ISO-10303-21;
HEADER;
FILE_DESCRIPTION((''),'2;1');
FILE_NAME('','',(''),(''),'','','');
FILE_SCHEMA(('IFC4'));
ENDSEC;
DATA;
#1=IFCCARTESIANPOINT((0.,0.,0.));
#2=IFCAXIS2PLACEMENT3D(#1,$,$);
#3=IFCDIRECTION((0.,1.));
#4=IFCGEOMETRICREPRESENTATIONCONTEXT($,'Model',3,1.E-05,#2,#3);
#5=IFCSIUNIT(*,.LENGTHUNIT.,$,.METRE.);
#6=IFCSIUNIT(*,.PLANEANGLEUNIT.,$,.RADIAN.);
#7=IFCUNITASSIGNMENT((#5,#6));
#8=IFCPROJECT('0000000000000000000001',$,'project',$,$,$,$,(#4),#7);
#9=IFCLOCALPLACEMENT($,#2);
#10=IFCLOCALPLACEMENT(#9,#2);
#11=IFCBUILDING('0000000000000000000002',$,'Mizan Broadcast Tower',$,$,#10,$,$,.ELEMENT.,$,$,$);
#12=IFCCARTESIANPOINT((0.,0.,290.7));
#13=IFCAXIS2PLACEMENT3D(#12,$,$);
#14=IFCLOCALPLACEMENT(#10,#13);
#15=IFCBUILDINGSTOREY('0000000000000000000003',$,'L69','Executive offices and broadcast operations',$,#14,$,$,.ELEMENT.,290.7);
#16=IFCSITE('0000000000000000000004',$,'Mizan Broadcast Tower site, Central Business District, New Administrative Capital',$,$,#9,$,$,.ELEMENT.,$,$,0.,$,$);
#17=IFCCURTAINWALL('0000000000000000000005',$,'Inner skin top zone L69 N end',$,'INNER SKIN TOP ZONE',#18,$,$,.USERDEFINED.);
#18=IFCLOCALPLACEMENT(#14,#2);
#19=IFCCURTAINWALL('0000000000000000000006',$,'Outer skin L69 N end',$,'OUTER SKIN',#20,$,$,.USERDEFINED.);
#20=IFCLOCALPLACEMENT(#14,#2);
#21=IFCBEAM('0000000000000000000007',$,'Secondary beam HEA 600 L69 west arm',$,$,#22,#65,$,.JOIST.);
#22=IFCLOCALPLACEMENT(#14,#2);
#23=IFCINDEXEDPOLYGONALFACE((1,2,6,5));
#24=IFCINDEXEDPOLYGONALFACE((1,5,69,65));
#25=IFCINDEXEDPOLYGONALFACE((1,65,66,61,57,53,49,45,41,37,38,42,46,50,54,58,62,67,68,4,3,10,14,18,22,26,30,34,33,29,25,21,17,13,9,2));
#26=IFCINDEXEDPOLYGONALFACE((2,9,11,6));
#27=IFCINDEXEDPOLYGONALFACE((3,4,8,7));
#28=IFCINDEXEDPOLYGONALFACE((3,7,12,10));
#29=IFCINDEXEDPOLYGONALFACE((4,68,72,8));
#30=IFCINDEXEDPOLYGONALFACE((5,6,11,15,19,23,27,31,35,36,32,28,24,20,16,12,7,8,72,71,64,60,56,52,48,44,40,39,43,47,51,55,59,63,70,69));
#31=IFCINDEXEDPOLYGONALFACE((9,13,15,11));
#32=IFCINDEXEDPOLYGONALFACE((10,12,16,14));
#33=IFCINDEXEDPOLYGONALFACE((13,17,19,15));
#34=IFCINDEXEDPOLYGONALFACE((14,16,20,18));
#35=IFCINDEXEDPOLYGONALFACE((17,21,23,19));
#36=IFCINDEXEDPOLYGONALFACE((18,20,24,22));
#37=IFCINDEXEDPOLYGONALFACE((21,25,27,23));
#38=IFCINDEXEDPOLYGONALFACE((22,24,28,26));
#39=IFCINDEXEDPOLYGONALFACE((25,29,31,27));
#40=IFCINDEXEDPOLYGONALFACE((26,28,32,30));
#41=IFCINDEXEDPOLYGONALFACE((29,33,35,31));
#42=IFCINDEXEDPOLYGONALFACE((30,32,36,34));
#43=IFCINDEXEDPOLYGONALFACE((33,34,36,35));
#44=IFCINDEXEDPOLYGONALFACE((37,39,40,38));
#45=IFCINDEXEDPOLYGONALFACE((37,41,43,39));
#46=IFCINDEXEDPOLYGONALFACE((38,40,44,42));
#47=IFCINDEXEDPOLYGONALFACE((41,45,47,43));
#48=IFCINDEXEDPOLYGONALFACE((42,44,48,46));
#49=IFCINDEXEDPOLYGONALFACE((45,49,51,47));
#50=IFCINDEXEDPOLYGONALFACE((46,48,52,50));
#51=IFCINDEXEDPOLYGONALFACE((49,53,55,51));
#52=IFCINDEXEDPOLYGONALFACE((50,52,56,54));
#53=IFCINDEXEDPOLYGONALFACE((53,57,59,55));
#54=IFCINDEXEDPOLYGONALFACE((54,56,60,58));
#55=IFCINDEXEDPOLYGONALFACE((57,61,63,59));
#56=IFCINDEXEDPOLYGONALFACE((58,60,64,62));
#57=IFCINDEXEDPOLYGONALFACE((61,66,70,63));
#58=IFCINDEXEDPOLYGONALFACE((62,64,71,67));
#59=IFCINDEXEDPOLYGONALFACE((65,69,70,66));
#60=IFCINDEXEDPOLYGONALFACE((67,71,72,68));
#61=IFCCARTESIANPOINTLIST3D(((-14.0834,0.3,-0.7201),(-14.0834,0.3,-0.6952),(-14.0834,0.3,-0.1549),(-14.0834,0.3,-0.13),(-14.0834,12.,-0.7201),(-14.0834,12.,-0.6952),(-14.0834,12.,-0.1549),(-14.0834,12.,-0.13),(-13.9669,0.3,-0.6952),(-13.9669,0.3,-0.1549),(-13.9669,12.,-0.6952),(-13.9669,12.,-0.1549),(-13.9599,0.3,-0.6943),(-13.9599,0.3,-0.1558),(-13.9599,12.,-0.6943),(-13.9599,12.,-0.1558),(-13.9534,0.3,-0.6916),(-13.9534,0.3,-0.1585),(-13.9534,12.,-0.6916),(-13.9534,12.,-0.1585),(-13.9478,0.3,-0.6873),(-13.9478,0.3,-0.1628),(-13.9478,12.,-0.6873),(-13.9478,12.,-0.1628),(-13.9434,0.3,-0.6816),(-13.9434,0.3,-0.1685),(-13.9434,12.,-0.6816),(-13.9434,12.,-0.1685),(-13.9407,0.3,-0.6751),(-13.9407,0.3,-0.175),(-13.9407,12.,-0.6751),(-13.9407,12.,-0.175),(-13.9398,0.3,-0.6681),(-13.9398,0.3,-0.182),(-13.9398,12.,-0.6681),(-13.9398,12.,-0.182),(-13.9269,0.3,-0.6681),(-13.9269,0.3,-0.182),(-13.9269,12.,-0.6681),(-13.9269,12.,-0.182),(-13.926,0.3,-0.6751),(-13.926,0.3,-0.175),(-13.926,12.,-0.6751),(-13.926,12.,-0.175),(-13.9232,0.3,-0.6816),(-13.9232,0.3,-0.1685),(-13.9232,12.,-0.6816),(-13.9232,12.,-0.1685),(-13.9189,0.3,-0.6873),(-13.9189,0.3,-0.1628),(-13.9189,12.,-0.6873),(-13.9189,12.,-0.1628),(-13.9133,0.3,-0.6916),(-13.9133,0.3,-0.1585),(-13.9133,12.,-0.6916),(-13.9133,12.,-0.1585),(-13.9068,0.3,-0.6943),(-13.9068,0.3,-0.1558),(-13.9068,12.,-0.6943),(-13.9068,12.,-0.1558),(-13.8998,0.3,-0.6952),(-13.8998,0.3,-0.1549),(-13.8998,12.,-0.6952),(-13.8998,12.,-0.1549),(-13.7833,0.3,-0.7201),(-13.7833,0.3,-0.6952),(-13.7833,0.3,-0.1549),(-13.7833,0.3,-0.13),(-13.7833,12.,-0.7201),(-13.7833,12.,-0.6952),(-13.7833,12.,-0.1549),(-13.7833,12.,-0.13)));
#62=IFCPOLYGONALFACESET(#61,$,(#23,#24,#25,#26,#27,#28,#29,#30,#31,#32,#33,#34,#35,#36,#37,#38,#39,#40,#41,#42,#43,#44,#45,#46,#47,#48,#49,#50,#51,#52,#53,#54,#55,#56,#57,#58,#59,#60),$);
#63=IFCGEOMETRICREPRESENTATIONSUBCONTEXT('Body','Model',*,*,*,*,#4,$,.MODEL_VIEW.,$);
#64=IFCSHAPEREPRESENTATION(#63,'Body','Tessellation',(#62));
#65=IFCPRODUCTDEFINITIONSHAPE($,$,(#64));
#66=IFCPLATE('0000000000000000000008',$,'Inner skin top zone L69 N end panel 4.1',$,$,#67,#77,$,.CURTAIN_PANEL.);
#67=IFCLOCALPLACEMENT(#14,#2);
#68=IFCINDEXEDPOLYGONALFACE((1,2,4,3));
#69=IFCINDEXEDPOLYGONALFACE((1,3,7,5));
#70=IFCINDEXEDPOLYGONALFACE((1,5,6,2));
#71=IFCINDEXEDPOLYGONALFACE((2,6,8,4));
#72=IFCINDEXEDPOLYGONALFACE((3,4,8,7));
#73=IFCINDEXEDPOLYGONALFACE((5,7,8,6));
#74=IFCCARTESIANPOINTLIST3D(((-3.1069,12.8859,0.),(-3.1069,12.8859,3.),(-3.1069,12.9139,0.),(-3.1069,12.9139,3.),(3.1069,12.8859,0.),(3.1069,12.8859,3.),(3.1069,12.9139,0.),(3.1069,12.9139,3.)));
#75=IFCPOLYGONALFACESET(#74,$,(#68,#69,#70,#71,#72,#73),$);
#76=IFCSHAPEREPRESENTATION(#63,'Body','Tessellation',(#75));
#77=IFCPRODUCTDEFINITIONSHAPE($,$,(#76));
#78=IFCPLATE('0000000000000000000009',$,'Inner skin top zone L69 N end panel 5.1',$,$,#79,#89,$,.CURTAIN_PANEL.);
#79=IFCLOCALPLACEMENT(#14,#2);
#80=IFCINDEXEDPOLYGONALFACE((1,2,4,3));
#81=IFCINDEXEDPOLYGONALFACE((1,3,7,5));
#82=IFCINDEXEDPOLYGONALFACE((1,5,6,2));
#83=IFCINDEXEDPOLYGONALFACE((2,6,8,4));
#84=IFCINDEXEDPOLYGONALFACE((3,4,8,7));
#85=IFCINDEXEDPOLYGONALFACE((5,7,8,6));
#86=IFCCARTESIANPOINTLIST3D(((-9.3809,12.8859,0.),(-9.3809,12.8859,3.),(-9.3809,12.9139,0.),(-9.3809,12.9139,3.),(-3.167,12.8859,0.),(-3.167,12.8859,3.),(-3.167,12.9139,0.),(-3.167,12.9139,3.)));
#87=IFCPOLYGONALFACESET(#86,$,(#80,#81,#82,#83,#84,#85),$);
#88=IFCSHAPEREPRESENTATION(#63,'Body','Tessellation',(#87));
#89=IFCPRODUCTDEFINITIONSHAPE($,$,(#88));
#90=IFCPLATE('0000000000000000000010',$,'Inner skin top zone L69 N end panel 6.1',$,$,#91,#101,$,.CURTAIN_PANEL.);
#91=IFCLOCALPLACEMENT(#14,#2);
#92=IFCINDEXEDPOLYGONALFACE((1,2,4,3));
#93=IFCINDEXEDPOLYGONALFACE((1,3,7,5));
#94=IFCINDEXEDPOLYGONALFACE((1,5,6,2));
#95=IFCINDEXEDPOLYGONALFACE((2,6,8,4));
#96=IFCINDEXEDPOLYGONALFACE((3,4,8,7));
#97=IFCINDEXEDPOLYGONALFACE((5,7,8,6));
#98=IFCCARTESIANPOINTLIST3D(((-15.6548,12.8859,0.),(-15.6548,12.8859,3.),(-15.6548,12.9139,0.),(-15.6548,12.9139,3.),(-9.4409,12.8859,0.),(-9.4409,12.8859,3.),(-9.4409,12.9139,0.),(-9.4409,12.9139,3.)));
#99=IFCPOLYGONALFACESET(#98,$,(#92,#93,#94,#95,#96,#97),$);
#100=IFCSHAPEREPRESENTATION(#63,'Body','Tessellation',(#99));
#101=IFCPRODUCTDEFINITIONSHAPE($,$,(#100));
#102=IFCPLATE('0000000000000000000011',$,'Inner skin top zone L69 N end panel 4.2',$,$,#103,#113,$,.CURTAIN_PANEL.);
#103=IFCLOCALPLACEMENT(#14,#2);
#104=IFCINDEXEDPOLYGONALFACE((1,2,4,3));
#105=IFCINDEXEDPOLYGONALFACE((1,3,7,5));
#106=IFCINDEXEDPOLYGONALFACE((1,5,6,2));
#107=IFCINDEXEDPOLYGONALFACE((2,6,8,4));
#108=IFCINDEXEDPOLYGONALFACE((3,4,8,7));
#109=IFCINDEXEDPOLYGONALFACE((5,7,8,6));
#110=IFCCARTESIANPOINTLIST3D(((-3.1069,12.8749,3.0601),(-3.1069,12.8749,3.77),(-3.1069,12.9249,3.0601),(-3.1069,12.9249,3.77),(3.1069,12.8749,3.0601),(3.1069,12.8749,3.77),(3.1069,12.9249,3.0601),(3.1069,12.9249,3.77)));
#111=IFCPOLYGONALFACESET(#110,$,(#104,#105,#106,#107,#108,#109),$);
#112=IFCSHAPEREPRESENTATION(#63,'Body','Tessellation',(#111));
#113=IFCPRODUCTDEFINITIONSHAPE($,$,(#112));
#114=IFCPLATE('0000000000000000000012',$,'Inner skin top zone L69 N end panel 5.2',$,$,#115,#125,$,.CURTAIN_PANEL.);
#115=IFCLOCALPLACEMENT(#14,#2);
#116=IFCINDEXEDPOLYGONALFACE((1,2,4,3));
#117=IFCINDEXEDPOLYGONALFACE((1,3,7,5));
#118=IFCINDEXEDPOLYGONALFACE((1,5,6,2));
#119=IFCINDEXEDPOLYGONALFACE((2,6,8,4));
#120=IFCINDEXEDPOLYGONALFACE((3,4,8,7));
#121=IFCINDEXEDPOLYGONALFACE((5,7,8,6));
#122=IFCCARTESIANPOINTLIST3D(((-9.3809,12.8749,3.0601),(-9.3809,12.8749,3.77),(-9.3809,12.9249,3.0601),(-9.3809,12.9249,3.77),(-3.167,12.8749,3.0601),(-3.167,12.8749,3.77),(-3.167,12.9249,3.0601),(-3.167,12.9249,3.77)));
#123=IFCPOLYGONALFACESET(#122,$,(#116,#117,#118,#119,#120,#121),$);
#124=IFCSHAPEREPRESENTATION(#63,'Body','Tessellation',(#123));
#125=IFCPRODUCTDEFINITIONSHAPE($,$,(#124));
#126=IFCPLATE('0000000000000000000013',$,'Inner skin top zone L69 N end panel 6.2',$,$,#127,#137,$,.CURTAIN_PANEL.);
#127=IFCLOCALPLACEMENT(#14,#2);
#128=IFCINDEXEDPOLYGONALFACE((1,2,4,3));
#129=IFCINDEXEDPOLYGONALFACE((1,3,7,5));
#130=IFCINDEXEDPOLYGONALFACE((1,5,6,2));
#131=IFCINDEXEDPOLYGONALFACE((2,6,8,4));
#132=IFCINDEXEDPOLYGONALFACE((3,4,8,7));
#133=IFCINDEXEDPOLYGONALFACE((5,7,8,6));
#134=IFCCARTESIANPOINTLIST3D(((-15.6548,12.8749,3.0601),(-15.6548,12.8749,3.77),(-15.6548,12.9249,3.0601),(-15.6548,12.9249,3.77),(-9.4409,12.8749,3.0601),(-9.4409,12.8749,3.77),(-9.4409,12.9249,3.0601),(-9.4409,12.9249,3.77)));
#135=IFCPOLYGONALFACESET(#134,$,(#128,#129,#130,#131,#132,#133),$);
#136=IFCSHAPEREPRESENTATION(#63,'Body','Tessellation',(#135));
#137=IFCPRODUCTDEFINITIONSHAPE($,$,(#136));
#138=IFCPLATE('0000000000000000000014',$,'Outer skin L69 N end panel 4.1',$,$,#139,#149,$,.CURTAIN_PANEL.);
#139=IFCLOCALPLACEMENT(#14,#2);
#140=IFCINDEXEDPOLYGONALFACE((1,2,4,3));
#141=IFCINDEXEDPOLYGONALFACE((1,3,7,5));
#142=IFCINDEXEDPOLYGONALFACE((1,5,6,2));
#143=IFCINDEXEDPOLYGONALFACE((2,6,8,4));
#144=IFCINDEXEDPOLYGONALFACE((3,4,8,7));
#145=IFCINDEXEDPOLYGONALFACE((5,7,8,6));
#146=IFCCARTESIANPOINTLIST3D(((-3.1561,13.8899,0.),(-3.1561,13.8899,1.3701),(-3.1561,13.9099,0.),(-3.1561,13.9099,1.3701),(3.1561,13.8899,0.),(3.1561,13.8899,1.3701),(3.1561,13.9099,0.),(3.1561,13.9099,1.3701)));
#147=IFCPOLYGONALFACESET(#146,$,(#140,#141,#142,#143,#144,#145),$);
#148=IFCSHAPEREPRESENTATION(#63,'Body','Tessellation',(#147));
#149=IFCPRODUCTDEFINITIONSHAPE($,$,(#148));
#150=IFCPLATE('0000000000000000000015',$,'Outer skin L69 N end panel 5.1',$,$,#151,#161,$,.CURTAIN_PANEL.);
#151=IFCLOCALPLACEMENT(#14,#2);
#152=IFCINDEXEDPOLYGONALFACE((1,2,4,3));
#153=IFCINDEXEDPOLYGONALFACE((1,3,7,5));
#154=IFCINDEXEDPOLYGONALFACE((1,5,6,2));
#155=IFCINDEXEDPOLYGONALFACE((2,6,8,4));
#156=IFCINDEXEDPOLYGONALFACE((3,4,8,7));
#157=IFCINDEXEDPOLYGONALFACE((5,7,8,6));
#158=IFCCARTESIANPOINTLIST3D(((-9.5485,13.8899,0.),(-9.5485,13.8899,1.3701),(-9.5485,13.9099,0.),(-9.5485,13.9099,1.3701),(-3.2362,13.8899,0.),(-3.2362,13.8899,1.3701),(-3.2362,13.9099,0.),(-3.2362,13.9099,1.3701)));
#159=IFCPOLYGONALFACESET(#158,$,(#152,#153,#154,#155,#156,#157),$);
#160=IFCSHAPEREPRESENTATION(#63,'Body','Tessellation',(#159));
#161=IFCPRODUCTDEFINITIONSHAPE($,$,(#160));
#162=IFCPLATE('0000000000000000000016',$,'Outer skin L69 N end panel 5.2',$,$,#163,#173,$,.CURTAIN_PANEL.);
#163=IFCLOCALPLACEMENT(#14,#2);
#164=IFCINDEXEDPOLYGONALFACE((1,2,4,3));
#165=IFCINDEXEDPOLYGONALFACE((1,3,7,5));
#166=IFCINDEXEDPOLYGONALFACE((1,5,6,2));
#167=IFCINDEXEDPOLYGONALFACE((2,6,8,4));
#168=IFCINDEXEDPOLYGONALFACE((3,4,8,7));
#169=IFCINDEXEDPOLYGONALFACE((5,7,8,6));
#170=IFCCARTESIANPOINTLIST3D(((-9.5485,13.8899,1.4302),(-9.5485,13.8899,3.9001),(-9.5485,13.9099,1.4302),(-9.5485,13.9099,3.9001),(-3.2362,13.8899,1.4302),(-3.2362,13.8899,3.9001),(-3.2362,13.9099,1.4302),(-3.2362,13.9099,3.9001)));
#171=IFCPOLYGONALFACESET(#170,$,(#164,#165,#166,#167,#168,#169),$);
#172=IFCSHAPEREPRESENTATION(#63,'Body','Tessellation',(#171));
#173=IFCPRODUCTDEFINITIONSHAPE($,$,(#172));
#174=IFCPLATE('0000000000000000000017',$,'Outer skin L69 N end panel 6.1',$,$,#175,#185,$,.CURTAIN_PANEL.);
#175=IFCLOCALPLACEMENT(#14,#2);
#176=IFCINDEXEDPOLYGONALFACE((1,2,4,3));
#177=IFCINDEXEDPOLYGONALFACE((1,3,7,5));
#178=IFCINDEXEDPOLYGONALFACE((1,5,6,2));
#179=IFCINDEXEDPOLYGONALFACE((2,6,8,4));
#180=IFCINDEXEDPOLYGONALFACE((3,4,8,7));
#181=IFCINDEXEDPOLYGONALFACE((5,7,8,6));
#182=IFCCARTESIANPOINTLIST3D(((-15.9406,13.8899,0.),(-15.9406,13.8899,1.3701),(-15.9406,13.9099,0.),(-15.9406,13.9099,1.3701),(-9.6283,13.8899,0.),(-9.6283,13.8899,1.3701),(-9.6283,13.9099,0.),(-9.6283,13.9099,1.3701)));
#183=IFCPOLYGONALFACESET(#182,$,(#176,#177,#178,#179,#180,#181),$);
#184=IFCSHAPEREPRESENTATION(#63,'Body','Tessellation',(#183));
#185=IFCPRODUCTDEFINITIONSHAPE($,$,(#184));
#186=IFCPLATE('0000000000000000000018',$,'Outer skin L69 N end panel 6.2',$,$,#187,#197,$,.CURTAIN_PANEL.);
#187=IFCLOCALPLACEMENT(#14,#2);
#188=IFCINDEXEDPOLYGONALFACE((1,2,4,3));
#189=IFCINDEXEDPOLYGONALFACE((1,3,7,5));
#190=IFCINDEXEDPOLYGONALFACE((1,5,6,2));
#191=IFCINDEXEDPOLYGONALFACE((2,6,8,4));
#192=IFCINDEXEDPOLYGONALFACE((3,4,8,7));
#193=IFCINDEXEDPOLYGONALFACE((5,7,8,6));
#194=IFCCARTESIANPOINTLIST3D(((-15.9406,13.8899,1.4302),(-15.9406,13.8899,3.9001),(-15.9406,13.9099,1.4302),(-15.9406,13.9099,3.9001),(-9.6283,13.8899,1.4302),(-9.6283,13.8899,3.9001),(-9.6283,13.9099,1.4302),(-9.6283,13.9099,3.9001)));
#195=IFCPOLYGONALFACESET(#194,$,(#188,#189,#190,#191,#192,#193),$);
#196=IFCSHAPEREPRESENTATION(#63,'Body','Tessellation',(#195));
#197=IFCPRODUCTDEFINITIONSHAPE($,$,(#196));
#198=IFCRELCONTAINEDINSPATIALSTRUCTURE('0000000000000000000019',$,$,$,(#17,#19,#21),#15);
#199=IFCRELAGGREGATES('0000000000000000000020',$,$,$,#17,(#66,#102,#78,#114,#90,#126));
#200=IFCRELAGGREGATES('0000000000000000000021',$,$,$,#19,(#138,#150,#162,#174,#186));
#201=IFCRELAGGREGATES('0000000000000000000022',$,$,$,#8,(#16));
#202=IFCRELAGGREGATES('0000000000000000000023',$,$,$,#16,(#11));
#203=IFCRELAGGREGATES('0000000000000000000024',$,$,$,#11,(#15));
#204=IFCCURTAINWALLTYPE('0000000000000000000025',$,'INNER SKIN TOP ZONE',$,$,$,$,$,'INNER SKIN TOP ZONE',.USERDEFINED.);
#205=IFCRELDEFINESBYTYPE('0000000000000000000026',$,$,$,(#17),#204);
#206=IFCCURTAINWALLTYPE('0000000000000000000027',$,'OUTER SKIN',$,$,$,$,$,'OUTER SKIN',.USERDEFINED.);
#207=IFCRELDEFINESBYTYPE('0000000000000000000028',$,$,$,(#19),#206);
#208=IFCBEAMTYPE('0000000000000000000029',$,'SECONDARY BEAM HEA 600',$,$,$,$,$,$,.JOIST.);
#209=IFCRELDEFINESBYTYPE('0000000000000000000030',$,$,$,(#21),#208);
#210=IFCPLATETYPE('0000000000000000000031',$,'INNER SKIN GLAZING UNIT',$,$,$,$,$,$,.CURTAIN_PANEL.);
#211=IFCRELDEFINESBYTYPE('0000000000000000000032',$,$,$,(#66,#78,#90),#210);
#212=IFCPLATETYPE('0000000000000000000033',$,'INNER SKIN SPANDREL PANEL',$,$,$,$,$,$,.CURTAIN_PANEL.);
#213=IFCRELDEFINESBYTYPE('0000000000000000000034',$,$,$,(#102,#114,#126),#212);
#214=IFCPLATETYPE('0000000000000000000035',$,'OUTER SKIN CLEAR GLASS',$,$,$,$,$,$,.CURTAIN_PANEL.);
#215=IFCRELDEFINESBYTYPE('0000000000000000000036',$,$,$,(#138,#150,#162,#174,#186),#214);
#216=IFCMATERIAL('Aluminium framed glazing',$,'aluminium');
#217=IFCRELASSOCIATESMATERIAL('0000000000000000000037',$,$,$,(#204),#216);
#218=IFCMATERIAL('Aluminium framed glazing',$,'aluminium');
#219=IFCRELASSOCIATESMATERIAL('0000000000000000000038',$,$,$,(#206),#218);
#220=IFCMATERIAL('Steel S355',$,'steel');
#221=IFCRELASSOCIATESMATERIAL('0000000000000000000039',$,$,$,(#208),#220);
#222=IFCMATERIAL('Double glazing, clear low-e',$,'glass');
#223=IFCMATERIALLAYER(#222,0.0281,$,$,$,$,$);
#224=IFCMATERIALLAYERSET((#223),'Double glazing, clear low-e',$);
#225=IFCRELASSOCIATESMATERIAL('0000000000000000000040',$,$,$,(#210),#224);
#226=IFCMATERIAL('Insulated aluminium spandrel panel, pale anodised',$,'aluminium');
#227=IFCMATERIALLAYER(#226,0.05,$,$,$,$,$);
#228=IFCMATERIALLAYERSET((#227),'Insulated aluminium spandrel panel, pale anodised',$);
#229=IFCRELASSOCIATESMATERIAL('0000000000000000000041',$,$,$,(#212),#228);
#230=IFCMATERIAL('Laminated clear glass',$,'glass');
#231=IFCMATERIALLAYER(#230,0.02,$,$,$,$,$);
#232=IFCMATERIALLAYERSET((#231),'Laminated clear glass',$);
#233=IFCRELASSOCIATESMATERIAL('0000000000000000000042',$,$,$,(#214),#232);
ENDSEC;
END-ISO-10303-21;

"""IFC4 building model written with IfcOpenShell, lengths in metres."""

from ifc_helpers import new_model, si_unit, direction, frame, origin, origin_2d, place, context, subcontext, project, spatial, rectangle, i_section, extrude, material, layer, layer_set, material_profile, profile_set, type_object, element, aggregate, save


model = new_model("IFC4")

# Units and contexts
model_context = context("Model", 3, precision=1e-05, world=origin(), true_north=direction((0.0, 1.0)))
body_context = subcontext(model_context, "Body", "Model", "MODEL_VIEW")
ifc_project = project(units=[si_unit("LENGTHUNIT", "METRE"), si_unit("PLANEANGLEUNIT", "RADIAN")], contexts=[model_context])

# Site, building, storey
site_placement = place(None, origin())
site = spatial("IfcSite", under=ifc_project, at=site_placement, Name="Mizan Broadcast Tower site, Central Business District, New Administrative Capital", CompositionType="ELEMENT", RefElevation=0.0)
building_placement = place(site_placement, origin())
building = spatial("IfcBuilding", under=site, at=building_placement, Name="Mizan Broadcast Tower", CompositionType="ELEMENT")
storey_placement = place(building_placement, frame((0.0, 0.0, 290.7)))
storey = spatial("IfcBuildingStorey", under=building, at=storey_placement, Name="L69", Description="Executive offices and broadcast operations", CompositionType="ELEMENT", Elevation=290.7)

# Curtain walls
ifc_material_1 = material(Name="Aluminium framed glazing", Category="aluminium")
curtain_wall_type_1 = type_object("IfcCurtainWallType", Name="INNER SKIN TOP ZONE", ElementType="INNER SKIN TOP ZONE", PredefinedType="USERDEFINED", material=ifc_material_1)
curtain_wall_1_placement = place(storey_placement, origin())
curtain_wall_1 = element("IfcCurtainWall", 1, at=curtain_wall_1_placement, inside=storey, type_object=curtain_wall_type_1, Name="Inner skin top zone L69 N end", ObjectType="INNER SKIN TOP ZONE", PredefinedType="USERDEFINED")
ifc_material_2 = material(Name="Aluminium framed glazing", Category="aluminium")
curtain_wall_type_2 = type_object("IfcCurtainWallType", Name="OUTER SKIN", ElementType="OUTER SKIN", PredefinedType="USERDEFINED", material=ifc_material_2)
curtain_wall_2_placement = place(storey_placement, origin())
curtain_wall_2 = element("IfcCurtainWall", 2, at=curtain_wall_2_placement, inside=storey, type_object=curtain_wall_type_2, Name="Outer skin L69 N end", ObjectType="OUTER SKIN", PredefinedType="USERDEFINED")

# Beam
ifc_material_3 = material(Name="Steel S355", Category="steel")
ifc_material_profile_1 = material_profile(ifc_material_3, i_section(OverallWidth=0.3, OverallDepth=0.5901, WebThickness=0.0129, FlangeThickness=0.0249, FilletRadius=0.0271, at=origin_2d()), Name="HEA 600")
ifc_profile_set_1 = profile_set([ifc_material_profile_1], Name="Steel S355")
beam_type_1 = type_object("IfcBeamType", Name="SECONDARY BEAM HEA 600", PredefinedType="JOIST", material=ifc_profile_set_1)
beam_1_placement = place(storey_placement, frame((-13.9333, 12.0, -0.425), z_axis=(0.0, -1.0, 0.0), x_axis=(1.0, 0.0, 0.0)))
element("IfcBeam", 3, at=beam_1_placement, inside=storey, type_object=beam_type_1, Name="Secondary beam HEA 600 L69 west arm", PredefinedType="JOIST", context=body_context, shape_type="SweptSolid", body=[
    extrude(i_section(OverallWidth=0.3, OverallDepth=0.5901, WebThickness=0.0129, FlangeThickness=0.0249, FilletRadius=0.0271, at=origin_2d()), origin(), (0.0, 0.0, 1.0), 11.7),
])

# Plates
ifc_material_4 = material(Name="Double glazing, clear low-e", Category="glass")
ifc_layer_1 = layer(ifc_material_4, 0.0281)
ifc_layer_set_1 = layer_set([ifc_layer_1], Name="Double glazing, clear low-e")
plate_type_1 = type_object("IfcPlateType", Name="INNER SKIN GLAZING UNIT", PredefinedType="CURTAIN_PANEL", material=ifc_layer_set_1)
plate_1_placement = place(storey_placement, frame((0.0, 12.8999, 0.0), z_axis=(0.0, 0.0, 1.0), x_axis=(-1.0, 0.0, 0.0)))
plate_1 = element("IfcPlate", 4, at=plate_1_placement, type_object=plate_type_1, Name="Inner skin top zone L69 N end panel 4.1", PredefinedType="CURTAIN_PANEL", context=body_context, shape_type="SweptSolid", body=[
    extrude(rectangle(XDim=6.2139, YDim=0.0281, at=origin_2d()), origin(), (0.0, 0.0, 1.0), 3.0),
])
plate_2_placement = place(storey_placement, frame((-6.2739, 12.8999, 0.0), z_axis=(0.0, 0.0, 1.0), x_axis=(-1.0, 0.0, 0.0)))
plate_2 = element("IfcPlate", 5, at=plate_2_placement, type_object=plate_type_1, Name="Inner skin top zone L69 N end panel 5.1", PredefinedType="CURTAIN_PANEL", context=body_context, shape_type="SweptSolid", body=[
    extrude(rectangle(XDim=6.2139, YDim=0.0281, at=origin_2d()), origin(), (0.0, 0.0, 1.0), 3.0),
])
plate_3_placement = place(storey_placement, frame((-12.5479, 12.8999, 0.0), z_axis=(0.0, 0.0, 1.0), x_axis=(-1.0, 0.0, 0.0)))
plate_3 = element("IfcPlate", 6, at=plate_3_placement, type_object=plate_type_1, Name="Inner skin top zone L69 N end panel 6.1", PredefinedType="CURTAIN_PANEL", context=body_context, shape_type="SweptSolid", body=[
    extrude(rectangle(XDim=6.2139, YDim=0.0281, at=origin_2d()), origin(), (0.0, 0.0, 1.0), 3.0),
])
ifc_material_5 = material(Name="Insulated aluminium spandrel panel, pale anodised", Category="aluminium")
ifc_layer_2 = layer(ifc_material_5, 0.05)
ifc_layer_set_2 = layer_set([ifc_layer_2], Name="Insulated aluminium spandrel panel, pale anodised")
plate_type_2 = type_object("IfcPlateType", Name="INNER SKIN SPANDREL PANEL", PredefinedType="CURTAIN_PANEL", material=ifc_layer_set_2)
plate_4_placement = place(storey_placement, frame((0.0, 12.8999, 3.0601), z_axis=(0.0, 0.0, 1.0), x_axis=(-1.0, 0.0, 0.0)))
plate_4 = element("IfcPlate", 7, at=plate_4_placement, type_object=plate_type_2, Name="Inner skin top zone L69 N end panel 4.2", PredefinedType="CURTAIN_PANEL", context=body_context, shape_type="SweptSolid", body=[
    extrude(rectangle(XDim=6.2139, YDim=0.05, at=origin_2d()), origin(), (0.0, 0.0, 1.0), 0.71),
])
plate_5_placement = place(storey_placement, frame((-6.2739, 12.8999, 3.0601), z_axis=(0.0, 0.0, 1.0), x_axis=(-1.0, 0.0, 0.0)))
plate_5 = element("IfcPlate", 8, at=plate_5_placement, type_object=plate_type_2, Name="Inner skin top zone L69 N end panel 5.2", PredefinedType="CURTAIN_PANEL", context=body_context, shape_type="SweptSolid", body=[
    extrude(rectangle(XDim=6.2139, YDim=0.05, at=origin_2d()), origin(), (0.0, 0.0, 1.0), 0.71),
])
plate_6_placement = place(storey_placement, frame((-12.5479, 12.8999, 3.0601), z_axis=(0.0, 0.0, 1.0), x_axis=(-1.0, 0.0, 0.0)))
plate_6 = element("IfcPlate", 9, at=plate_6_placement, type_object=plate_type_2, Name="Inner skin top zone L69 N end panel 6.2", PredefinedType="CURTAIN_PANEL", context=body_context, shape_type="SweptSolid", body=[
    extrude(rectangle(XDim=6.2139, YDim=0.05, at=origin_2d()), origin(), (0.0, 0.0, 1.0), 0.71),
])
aggregate(curtain_wall_1, [plate_1, plate_4, plate_2, plate_5, plate_3, plate_6])
ifc_material_6 = material(Name="Laminated clear glass", Category="glass")
ifc_layer_3 = layer(ifc_material_6, 0.02)
ifc_layer_set_3 = layer_set([ifc_layer_3], Name="Laminated clear glass")
plate_type_3 = type_object("IfcPlateType", Name="OUTER SKIN CLEAR GLASS", PredefinedType="CURTAIN_PANEL", material=ifc_layer_set_3)
plate_7_placement = place(storey_placement, frame((0.0, 13.8999, 0.0), z_axis=(0.0, 0.0, 1.0), x_axis=(-1.0, 0.0, 0.0)))
plate_7 = element("IfcPlate", 10, at=plate_7_placement, type_object=plate_type_3, Name="Outer skin L69 N end panel 4.1", PredefinedType="CURTAIN_PANEL", context=body_context, shape_type="SweptSolid", body=[
    extrude(rectangle(XDim=6.3123, YDim=0.02, at=origin_2d()), origin(), (0.0, 0.0, 1.0), 1.3701),
])
plate_8_placement = place(storey_placement, frame((-6.3923, 13.8999, 0.0), z_axis=(0.0, 0.0, 1.0), x_axis=(-1.0, 0.0, 0.0)))
plate_8 = element("IfcPlate", 11, at=plate_8_placement, type_object=plate_type_3, Name="Outer skin L69 N end panel 5.1", PredefinedType="CURTAIN_PANEL", context=body_context, shape_type="SweptSolid", body=[
    extrude(rectangle(XDim=6.3123, YDim=0.02, at=origin_2d()), origin(), (0.0, 0.0, 1.0), 1.3701),
])
plate_9_placement = place(storey_placement, frame((-6.3923, 13.8999, 1.4302), z_axis=(0.0, 0.0, 1.0), x_axis=(-1.0, 0.0, 0.0)))
plate_9 = element("IfcPlate", 12, at=plate_9_placement, type_object=plate_type_3, Name="Outer skin L69 N end panel 5.2", PredefinedType="CURTAIN_PANEL", context=body_context, shape_type="SweptSolid", body=[
    extrude(rectangle(XDim=6.3123, YDim=0.02, at=origin_2d()), origin(), (0.0, 0.0, 1.0), 2.47),
])
plate_10_placement = place(storey_placement, frame((-12.7844, 13.8999, 0.0), z_axis=(0.0, 0.0, 1.0), x_axis=(-1.0, 0.0, 0.0)))
plate_10 = element("IfcPlate", 13, at=plate_10_placement, type_object=plate_type_3, Name="Outer skin L69 N end panel 6.1", PredefinedType="CURTAIN_PANEL", context=body_context, shape_type="SweptSolid", body=[
    extrude(rectangle(XDim=6.3123, YDim=0.02, at=origin_2d()), origin(), (0.0, 0.0, 1.0), 1.3701),
])
plate_11_placement = place(storey_placement, frame((-12.7844, 13.8999, 1.4302), z_axis=(0.0, 0.0, 1.0), x_axis=(-1.0, 0.0, 0.0)))
plate_11 = element("IfcPlate", 14, at=plate_11_placement, type_object=plate_type_3, Name="Outer skin L69 N end panel 6.2", PredefinedType="CURTAIN_PANEL", context=body_context, shape_type="SweptSolid", body=[
    extrude(rectangle(XDim=6.3123, YDim=0.02, at=origin_2d()), origin(), (0.0, 0.0, 1.0), 2.47),
])
aggregate(curtain_wall_2, [plate_7, plate_8, plate_9, plate_10, plate_11])

save(model, "model.ifc")
